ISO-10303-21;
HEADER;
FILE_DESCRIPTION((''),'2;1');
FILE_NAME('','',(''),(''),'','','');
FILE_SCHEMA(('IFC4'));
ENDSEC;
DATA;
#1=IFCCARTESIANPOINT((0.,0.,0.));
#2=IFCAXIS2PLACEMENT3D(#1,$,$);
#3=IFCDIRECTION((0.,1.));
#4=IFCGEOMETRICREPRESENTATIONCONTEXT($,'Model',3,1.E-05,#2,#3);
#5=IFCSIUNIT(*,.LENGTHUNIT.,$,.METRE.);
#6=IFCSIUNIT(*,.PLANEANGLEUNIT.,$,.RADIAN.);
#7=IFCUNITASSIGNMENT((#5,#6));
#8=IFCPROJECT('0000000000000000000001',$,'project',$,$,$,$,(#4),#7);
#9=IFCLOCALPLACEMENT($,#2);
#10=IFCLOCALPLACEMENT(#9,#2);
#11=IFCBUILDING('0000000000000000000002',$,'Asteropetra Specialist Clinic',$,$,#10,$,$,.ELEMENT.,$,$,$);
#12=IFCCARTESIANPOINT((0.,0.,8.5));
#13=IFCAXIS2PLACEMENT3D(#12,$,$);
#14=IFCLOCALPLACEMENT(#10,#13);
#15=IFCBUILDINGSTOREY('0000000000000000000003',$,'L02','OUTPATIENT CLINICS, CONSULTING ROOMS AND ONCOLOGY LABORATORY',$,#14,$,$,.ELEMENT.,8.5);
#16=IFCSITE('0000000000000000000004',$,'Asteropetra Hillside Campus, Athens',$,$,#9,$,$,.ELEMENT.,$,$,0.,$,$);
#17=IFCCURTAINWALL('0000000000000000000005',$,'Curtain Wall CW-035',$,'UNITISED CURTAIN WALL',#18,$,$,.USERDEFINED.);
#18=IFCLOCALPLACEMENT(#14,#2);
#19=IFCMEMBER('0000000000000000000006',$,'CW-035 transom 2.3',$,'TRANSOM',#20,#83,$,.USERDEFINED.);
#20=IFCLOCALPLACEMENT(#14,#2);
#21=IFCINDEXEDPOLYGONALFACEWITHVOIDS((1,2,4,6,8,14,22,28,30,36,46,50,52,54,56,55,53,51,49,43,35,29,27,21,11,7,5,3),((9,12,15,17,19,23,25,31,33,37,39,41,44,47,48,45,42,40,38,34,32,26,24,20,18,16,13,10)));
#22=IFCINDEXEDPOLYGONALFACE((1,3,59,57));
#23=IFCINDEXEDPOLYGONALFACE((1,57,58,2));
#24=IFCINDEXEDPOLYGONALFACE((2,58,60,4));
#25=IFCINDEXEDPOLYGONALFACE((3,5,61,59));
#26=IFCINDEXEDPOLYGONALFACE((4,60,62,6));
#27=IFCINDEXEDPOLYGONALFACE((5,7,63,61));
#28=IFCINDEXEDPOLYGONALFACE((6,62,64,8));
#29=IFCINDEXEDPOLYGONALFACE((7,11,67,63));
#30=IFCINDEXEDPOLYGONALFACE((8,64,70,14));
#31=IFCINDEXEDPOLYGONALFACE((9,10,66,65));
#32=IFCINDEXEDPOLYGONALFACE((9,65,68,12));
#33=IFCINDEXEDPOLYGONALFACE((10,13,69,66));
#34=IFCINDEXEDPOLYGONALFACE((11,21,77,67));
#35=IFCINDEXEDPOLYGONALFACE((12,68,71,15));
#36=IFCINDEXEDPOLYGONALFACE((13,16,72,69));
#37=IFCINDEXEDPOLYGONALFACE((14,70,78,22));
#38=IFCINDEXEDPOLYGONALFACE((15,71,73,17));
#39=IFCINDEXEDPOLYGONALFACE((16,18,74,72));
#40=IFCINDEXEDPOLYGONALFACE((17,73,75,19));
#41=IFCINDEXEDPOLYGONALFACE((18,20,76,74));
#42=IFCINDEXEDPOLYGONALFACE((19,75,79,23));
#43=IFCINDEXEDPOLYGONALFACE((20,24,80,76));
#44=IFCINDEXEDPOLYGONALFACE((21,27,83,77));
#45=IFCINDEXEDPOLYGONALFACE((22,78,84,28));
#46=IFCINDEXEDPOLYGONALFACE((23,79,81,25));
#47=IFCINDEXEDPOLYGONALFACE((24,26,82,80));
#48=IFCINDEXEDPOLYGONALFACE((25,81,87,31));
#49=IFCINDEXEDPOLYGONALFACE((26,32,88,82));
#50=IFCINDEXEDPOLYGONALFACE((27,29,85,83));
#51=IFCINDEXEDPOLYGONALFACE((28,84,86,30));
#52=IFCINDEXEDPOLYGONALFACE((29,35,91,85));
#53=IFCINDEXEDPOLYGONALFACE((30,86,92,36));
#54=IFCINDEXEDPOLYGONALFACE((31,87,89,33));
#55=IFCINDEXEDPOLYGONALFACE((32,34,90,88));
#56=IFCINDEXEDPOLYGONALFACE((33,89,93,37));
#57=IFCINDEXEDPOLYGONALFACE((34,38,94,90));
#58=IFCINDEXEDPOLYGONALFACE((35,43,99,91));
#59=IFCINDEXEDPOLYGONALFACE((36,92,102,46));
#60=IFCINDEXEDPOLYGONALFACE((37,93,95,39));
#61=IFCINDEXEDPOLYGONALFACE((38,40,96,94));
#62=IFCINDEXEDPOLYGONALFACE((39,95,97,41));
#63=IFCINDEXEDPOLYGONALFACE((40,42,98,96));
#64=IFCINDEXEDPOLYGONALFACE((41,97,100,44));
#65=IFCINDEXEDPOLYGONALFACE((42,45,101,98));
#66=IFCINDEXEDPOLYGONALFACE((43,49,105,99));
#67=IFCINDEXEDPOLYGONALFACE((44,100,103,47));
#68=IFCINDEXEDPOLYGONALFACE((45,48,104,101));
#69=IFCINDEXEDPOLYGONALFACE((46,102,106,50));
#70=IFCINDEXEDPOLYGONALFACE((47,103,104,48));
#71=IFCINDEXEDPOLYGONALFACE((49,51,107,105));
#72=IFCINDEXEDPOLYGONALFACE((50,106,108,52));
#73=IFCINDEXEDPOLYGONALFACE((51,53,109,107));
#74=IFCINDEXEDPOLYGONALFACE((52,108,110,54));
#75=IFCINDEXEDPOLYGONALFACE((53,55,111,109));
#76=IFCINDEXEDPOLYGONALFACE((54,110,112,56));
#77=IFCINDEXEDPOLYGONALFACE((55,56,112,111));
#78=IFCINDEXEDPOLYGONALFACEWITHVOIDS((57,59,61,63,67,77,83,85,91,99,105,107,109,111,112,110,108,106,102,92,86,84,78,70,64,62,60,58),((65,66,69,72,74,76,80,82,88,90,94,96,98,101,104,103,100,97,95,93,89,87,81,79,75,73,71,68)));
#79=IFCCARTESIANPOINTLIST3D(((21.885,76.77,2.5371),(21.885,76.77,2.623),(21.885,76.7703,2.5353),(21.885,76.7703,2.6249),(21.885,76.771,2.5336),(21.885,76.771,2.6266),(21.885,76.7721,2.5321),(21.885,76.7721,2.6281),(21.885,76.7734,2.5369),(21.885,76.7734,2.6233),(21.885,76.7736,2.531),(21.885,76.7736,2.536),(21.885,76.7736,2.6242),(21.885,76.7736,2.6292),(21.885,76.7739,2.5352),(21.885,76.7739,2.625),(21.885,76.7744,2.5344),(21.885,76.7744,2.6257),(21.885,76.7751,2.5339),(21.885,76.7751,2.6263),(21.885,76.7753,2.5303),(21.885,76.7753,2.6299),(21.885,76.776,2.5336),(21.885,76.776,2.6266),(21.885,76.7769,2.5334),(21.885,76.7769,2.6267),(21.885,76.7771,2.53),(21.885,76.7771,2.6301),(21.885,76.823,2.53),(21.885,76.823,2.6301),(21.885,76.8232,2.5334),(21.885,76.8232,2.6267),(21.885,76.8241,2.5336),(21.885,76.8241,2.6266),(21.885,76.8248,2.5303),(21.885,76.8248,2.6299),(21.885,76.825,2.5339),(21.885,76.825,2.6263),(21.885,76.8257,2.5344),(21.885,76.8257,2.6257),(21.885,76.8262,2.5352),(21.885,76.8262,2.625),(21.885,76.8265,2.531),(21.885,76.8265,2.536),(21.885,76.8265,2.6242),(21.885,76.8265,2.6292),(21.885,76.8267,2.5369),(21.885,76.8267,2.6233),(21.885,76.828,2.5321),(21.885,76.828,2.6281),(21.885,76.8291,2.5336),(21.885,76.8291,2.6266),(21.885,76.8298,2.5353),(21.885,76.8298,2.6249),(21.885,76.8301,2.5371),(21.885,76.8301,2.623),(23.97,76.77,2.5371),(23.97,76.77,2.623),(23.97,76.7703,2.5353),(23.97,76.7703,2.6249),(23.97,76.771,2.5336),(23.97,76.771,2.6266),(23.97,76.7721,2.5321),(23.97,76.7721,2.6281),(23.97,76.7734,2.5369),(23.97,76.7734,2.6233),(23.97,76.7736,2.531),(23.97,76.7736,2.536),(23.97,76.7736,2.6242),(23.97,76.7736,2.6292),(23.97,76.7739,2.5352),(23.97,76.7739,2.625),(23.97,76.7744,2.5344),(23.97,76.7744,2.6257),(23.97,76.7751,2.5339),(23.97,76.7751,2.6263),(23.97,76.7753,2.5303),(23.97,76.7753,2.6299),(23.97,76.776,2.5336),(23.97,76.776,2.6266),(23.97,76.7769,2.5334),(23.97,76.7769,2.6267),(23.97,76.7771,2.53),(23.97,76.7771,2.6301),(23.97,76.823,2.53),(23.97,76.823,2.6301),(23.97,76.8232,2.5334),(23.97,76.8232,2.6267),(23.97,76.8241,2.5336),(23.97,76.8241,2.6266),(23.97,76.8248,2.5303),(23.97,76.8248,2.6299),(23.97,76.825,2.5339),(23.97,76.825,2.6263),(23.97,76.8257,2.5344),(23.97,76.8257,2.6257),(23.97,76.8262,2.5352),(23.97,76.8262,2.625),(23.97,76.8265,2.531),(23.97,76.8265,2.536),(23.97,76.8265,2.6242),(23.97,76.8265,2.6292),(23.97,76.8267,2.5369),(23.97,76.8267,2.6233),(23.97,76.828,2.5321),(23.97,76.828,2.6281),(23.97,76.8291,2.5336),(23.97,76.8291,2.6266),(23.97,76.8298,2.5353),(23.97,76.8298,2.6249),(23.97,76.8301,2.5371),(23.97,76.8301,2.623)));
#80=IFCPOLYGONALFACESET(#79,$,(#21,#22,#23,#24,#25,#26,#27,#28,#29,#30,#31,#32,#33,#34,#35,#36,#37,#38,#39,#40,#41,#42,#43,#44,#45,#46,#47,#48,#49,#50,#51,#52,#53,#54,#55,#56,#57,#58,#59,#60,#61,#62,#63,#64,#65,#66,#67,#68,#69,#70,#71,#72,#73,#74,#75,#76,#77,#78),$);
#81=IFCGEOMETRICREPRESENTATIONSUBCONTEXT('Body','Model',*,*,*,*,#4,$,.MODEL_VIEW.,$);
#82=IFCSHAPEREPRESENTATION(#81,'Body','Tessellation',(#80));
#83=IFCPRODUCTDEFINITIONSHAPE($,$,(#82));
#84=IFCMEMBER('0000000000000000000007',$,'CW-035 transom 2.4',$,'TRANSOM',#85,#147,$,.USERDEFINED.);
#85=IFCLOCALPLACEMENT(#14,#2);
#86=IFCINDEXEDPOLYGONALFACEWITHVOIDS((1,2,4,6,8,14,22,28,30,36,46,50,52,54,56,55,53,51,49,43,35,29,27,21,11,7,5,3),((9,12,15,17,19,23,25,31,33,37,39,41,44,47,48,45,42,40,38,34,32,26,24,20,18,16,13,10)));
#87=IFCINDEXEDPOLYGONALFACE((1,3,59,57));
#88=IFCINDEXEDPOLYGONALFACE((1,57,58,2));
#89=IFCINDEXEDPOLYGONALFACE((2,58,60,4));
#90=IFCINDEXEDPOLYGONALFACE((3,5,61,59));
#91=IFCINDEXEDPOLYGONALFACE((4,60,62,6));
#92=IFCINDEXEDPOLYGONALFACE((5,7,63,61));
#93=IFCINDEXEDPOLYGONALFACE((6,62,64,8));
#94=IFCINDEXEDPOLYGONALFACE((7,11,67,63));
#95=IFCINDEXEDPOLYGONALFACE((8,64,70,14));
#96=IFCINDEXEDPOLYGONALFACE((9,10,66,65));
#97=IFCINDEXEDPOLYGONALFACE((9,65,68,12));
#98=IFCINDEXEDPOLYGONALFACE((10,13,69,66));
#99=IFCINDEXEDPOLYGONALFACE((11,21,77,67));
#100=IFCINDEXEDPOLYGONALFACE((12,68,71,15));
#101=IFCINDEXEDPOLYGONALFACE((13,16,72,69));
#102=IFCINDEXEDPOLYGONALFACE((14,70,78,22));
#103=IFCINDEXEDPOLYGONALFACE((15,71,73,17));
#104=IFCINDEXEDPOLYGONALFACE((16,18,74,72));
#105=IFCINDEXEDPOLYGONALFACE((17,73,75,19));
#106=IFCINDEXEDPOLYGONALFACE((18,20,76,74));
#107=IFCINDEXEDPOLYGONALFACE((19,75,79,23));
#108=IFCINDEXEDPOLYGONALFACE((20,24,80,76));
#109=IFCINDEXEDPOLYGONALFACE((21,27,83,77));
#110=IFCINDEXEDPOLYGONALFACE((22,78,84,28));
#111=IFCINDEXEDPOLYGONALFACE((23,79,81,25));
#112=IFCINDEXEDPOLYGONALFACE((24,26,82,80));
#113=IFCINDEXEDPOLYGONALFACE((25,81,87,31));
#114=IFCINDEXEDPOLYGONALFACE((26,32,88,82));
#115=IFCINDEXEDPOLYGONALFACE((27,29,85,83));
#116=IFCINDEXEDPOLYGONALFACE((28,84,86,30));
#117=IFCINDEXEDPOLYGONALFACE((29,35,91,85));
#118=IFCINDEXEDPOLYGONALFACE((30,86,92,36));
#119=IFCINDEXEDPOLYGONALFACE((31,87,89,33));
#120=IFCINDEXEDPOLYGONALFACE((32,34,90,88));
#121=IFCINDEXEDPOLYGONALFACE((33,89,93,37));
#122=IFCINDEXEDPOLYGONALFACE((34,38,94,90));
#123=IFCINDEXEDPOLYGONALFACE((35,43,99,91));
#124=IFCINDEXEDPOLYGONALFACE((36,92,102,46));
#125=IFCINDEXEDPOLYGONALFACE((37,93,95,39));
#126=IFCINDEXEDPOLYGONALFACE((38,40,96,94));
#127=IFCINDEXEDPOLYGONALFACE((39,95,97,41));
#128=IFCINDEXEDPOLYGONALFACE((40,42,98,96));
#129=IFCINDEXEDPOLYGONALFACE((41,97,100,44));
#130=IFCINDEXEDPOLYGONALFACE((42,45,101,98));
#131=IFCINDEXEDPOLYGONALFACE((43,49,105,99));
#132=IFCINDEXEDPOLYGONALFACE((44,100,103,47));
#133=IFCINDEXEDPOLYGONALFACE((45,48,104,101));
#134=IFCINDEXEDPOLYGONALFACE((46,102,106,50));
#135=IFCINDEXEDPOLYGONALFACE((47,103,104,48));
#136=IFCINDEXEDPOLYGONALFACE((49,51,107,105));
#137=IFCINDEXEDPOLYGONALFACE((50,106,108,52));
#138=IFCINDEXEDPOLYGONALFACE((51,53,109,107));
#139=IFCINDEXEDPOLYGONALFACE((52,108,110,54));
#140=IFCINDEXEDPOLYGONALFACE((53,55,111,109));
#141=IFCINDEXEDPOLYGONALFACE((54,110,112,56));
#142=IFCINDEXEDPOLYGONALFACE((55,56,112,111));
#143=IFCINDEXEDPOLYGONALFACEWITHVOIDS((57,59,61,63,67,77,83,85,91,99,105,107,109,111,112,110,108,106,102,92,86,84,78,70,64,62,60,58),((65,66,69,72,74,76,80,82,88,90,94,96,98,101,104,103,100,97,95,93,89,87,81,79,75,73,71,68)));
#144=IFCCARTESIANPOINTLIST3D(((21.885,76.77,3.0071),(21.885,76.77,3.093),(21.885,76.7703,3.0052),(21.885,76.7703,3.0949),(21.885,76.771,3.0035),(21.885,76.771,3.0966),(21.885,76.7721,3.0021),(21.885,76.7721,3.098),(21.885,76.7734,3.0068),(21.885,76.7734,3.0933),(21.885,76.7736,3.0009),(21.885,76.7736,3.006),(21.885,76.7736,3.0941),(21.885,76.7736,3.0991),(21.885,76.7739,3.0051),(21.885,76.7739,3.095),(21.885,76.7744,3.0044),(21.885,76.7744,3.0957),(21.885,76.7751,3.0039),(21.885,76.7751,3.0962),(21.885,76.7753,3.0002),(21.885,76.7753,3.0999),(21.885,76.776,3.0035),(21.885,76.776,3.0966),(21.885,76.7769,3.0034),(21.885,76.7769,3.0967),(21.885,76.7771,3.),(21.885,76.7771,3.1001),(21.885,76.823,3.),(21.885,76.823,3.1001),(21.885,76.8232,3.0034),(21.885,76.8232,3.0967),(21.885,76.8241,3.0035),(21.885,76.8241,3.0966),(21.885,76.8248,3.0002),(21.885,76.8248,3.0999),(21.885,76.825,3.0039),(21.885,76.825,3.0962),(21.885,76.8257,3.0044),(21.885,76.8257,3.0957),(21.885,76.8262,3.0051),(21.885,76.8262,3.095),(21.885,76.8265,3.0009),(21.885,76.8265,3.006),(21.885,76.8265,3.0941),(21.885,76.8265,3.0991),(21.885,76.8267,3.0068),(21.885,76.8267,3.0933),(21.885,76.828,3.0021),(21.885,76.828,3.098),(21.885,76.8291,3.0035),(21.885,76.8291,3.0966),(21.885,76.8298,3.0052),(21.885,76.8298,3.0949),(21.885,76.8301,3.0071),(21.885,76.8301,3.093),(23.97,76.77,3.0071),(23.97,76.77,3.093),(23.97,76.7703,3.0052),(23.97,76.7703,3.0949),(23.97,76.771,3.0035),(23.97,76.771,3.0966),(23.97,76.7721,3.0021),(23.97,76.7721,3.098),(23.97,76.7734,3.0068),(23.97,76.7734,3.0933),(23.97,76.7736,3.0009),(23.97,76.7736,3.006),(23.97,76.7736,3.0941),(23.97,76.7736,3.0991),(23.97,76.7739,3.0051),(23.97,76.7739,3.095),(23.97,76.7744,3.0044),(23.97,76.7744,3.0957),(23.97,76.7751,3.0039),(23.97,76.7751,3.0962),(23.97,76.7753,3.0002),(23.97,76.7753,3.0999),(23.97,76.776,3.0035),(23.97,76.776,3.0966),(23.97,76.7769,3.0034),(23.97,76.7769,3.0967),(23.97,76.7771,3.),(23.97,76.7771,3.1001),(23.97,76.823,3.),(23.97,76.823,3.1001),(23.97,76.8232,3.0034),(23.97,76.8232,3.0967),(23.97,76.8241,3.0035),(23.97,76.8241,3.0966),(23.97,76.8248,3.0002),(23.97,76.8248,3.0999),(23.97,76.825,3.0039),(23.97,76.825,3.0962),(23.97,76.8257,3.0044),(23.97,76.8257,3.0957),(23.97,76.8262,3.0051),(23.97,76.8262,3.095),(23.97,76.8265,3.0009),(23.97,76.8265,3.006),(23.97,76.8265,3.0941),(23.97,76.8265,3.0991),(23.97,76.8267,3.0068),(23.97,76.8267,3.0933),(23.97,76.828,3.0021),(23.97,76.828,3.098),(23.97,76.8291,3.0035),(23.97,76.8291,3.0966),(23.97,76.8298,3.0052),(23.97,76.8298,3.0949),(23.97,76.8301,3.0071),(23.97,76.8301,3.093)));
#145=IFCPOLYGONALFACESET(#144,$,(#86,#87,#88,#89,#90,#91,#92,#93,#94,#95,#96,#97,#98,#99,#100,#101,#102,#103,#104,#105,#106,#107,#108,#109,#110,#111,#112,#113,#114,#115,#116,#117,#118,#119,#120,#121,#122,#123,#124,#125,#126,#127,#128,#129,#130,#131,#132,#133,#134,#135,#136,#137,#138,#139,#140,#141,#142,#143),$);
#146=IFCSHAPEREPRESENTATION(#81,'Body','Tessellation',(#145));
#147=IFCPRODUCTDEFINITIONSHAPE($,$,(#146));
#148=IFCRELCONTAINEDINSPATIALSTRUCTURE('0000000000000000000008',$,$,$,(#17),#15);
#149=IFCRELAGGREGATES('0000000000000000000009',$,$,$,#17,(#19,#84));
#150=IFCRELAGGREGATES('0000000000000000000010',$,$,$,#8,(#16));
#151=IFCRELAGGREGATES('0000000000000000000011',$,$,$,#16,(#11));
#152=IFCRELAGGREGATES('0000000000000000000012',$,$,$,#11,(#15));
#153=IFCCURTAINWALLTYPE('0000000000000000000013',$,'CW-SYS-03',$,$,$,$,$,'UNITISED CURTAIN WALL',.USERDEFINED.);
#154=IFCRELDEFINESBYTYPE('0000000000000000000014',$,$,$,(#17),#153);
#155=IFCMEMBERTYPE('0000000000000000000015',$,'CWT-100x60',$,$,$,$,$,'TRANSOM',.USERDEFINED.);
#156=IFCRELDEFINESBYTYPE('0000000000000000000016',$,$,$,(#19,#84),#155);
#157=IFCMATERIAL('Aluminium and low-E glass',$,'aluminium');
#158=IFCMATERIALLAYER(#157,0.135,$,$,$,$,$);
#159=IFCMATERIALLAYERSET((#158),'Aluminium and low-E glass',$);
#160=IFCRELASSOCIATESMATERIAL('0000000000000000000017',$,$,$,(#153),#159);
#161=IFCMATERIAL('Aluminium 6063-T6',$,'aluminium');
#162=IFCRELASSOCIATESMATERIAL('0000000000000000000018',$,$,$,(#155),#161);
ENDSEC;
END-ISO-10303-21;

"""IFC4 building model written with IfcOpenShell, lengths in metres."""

from ifc_helpers import new_model, si_unit, direction, frame, origin, origin_2d, place, context, subcontext, project, spatial, hollow_rectangle, extrude, material, layer, layer_set, material_profile, profile_set, type_object, element, aggregate, save


model = new_model("IFC4")

# Units and contexts
model_context = context("Model", 3, precision=1e-05, world=origin(), true_north=direction((0.0, 1.0)))
body_context = subcontext(model_context, "Body", "Model", "MODEL_VIEW")
ifc_project = project(units=[si_unit("LENGTHUNIT", "METRE"), si_unit("PLANEANGLEUNIT", "RADIAN")], contexts=[model_context])

# Site, building, storey
site_placement = place(None, origin())
site = spatial("IfcSite", under=ifc_project, at=site_placement, Name="Asteropetra Hillside Campus, Athens", CompositionType="ELEMENT", RefElevation=0.0)
building_placement = place(site_placement, origin())
building = spatial("IfcBuilding", under=site, at=building_placement, Name="Asteropetra Specialist Clinic", CompositionType="ELEMENT")
storey_placement = place(building_placement, frame((0.0, 0.0, 8.5)))
storey = spatial("IfcBuildingStorey", under=building, at=storey_placement, Name="L02", Description="OUTPATIENT CLINICS, CONSULTING ROOMS AND ONCOLOGY LABORATORY", CompositionType="ELEMENT", Elevation=8.5)

# Curtain wall
ifc_material_1 = material(Name="Aluminium and low-E glass", Category="aluminium")
ifc_layer_1 = layer(ifc_material_1, 0.135)
ifc_layer_set_1 = layer_set([ifc_layer_1], Name="Aluminium and low-E glass")
curtain_wall_type_1 = type_object("IfcCurtainWallType", Name="CW-SYS-03", ElementType="UNITISED CURTAIN WALL", PredefinedType="USERDEFINED", material=ifc_layer_set_1)
curtain_wall_1_placement = place(storey_placement, origin())
curtain_wall_1 = element("IfcCurtainWall", 1, at=curtain_wall_1_placement, inside=storey, type_object=curtain_wall_type_1, Name="Curtain Wall CW-035", ObjectType="UNITISED CURTAIN WALL", PredefinedType="USERDEFINED")

# Members
ifc_material_2 = material(Name="Aluminium 6063-T6", Category="aluminium")
ifc_material_profile_1 = material_profile(ifc_material_2, hollow_rectangle(XDim=0.0601, YDim=0.1001, WallThickness=0.0034, InnerFilletRadius=0.0034, OuterFilletRadius=0.0071, at=origin_2d()), Name="TRN 100x60x3.5")
ifc_profile_set_1 = profile_set([ifc_material_profile_1], Name="Aluminium 6063-T6")
member_type_1 = type_object("IfcMemberType", Name="CWT-100x60", ElementType="TRANSOM", PredefinedType="USERDEFINED", material=ifc_profile_set_1)
member_1_placement = place(storey_placement, frame((21.885, 76.8, 2.5801), z_axis=(1.0, 0.0, 0.0), x_axis=(0.0, 1.0, 0.0)))
member_1 = element("IfcMember", 2, at=member_1_placement, type_object=member_type_1, Name="CW-035 transom 2.3", ObjectType="TRANSOM", PredefinedType="USERDEFINED", context=body_context, shape_type="SweptSolid", body=[
    extrude(hollow_rectangle(XDim=0.0601, YDim=0.1001, WallThickness=0.0034, InnerFilletRadius=0.0034, OuterFilletRadius=0.0071, at=origin_2d()), origin(), (0.0, 0.0, 1.0), 2.085),
])
member_2_placement = place(storey_placement, frame((21.885, 76.8, 3.05), z_axis=(1.0, 0.0, 0.0), x_axis=(0.0, 1.0, 0.0)))
member_2 = element("IfcMember", 3, at=member_2_placement, type_object=member_type_1, Name="CW-035 transom 2.4", ObjectType="TRANSOM", PredefinedType="USERDEFINED", context=body_context, shape_type="SweptSolid", body=[
    extrude(hollow_rectangle(XDim=0.0601, YDim=0.1001, WallThickness=0.0034, InnerFilletRadius=0.0034, OuterFilletRadius=0.0071, at=origin_2d()), origin(), (0.0, 0.0, 1.0), 2.085),
])

aggregate(curtain_wall_1, [member_1, member_2])

save(model, "model.ifc")
